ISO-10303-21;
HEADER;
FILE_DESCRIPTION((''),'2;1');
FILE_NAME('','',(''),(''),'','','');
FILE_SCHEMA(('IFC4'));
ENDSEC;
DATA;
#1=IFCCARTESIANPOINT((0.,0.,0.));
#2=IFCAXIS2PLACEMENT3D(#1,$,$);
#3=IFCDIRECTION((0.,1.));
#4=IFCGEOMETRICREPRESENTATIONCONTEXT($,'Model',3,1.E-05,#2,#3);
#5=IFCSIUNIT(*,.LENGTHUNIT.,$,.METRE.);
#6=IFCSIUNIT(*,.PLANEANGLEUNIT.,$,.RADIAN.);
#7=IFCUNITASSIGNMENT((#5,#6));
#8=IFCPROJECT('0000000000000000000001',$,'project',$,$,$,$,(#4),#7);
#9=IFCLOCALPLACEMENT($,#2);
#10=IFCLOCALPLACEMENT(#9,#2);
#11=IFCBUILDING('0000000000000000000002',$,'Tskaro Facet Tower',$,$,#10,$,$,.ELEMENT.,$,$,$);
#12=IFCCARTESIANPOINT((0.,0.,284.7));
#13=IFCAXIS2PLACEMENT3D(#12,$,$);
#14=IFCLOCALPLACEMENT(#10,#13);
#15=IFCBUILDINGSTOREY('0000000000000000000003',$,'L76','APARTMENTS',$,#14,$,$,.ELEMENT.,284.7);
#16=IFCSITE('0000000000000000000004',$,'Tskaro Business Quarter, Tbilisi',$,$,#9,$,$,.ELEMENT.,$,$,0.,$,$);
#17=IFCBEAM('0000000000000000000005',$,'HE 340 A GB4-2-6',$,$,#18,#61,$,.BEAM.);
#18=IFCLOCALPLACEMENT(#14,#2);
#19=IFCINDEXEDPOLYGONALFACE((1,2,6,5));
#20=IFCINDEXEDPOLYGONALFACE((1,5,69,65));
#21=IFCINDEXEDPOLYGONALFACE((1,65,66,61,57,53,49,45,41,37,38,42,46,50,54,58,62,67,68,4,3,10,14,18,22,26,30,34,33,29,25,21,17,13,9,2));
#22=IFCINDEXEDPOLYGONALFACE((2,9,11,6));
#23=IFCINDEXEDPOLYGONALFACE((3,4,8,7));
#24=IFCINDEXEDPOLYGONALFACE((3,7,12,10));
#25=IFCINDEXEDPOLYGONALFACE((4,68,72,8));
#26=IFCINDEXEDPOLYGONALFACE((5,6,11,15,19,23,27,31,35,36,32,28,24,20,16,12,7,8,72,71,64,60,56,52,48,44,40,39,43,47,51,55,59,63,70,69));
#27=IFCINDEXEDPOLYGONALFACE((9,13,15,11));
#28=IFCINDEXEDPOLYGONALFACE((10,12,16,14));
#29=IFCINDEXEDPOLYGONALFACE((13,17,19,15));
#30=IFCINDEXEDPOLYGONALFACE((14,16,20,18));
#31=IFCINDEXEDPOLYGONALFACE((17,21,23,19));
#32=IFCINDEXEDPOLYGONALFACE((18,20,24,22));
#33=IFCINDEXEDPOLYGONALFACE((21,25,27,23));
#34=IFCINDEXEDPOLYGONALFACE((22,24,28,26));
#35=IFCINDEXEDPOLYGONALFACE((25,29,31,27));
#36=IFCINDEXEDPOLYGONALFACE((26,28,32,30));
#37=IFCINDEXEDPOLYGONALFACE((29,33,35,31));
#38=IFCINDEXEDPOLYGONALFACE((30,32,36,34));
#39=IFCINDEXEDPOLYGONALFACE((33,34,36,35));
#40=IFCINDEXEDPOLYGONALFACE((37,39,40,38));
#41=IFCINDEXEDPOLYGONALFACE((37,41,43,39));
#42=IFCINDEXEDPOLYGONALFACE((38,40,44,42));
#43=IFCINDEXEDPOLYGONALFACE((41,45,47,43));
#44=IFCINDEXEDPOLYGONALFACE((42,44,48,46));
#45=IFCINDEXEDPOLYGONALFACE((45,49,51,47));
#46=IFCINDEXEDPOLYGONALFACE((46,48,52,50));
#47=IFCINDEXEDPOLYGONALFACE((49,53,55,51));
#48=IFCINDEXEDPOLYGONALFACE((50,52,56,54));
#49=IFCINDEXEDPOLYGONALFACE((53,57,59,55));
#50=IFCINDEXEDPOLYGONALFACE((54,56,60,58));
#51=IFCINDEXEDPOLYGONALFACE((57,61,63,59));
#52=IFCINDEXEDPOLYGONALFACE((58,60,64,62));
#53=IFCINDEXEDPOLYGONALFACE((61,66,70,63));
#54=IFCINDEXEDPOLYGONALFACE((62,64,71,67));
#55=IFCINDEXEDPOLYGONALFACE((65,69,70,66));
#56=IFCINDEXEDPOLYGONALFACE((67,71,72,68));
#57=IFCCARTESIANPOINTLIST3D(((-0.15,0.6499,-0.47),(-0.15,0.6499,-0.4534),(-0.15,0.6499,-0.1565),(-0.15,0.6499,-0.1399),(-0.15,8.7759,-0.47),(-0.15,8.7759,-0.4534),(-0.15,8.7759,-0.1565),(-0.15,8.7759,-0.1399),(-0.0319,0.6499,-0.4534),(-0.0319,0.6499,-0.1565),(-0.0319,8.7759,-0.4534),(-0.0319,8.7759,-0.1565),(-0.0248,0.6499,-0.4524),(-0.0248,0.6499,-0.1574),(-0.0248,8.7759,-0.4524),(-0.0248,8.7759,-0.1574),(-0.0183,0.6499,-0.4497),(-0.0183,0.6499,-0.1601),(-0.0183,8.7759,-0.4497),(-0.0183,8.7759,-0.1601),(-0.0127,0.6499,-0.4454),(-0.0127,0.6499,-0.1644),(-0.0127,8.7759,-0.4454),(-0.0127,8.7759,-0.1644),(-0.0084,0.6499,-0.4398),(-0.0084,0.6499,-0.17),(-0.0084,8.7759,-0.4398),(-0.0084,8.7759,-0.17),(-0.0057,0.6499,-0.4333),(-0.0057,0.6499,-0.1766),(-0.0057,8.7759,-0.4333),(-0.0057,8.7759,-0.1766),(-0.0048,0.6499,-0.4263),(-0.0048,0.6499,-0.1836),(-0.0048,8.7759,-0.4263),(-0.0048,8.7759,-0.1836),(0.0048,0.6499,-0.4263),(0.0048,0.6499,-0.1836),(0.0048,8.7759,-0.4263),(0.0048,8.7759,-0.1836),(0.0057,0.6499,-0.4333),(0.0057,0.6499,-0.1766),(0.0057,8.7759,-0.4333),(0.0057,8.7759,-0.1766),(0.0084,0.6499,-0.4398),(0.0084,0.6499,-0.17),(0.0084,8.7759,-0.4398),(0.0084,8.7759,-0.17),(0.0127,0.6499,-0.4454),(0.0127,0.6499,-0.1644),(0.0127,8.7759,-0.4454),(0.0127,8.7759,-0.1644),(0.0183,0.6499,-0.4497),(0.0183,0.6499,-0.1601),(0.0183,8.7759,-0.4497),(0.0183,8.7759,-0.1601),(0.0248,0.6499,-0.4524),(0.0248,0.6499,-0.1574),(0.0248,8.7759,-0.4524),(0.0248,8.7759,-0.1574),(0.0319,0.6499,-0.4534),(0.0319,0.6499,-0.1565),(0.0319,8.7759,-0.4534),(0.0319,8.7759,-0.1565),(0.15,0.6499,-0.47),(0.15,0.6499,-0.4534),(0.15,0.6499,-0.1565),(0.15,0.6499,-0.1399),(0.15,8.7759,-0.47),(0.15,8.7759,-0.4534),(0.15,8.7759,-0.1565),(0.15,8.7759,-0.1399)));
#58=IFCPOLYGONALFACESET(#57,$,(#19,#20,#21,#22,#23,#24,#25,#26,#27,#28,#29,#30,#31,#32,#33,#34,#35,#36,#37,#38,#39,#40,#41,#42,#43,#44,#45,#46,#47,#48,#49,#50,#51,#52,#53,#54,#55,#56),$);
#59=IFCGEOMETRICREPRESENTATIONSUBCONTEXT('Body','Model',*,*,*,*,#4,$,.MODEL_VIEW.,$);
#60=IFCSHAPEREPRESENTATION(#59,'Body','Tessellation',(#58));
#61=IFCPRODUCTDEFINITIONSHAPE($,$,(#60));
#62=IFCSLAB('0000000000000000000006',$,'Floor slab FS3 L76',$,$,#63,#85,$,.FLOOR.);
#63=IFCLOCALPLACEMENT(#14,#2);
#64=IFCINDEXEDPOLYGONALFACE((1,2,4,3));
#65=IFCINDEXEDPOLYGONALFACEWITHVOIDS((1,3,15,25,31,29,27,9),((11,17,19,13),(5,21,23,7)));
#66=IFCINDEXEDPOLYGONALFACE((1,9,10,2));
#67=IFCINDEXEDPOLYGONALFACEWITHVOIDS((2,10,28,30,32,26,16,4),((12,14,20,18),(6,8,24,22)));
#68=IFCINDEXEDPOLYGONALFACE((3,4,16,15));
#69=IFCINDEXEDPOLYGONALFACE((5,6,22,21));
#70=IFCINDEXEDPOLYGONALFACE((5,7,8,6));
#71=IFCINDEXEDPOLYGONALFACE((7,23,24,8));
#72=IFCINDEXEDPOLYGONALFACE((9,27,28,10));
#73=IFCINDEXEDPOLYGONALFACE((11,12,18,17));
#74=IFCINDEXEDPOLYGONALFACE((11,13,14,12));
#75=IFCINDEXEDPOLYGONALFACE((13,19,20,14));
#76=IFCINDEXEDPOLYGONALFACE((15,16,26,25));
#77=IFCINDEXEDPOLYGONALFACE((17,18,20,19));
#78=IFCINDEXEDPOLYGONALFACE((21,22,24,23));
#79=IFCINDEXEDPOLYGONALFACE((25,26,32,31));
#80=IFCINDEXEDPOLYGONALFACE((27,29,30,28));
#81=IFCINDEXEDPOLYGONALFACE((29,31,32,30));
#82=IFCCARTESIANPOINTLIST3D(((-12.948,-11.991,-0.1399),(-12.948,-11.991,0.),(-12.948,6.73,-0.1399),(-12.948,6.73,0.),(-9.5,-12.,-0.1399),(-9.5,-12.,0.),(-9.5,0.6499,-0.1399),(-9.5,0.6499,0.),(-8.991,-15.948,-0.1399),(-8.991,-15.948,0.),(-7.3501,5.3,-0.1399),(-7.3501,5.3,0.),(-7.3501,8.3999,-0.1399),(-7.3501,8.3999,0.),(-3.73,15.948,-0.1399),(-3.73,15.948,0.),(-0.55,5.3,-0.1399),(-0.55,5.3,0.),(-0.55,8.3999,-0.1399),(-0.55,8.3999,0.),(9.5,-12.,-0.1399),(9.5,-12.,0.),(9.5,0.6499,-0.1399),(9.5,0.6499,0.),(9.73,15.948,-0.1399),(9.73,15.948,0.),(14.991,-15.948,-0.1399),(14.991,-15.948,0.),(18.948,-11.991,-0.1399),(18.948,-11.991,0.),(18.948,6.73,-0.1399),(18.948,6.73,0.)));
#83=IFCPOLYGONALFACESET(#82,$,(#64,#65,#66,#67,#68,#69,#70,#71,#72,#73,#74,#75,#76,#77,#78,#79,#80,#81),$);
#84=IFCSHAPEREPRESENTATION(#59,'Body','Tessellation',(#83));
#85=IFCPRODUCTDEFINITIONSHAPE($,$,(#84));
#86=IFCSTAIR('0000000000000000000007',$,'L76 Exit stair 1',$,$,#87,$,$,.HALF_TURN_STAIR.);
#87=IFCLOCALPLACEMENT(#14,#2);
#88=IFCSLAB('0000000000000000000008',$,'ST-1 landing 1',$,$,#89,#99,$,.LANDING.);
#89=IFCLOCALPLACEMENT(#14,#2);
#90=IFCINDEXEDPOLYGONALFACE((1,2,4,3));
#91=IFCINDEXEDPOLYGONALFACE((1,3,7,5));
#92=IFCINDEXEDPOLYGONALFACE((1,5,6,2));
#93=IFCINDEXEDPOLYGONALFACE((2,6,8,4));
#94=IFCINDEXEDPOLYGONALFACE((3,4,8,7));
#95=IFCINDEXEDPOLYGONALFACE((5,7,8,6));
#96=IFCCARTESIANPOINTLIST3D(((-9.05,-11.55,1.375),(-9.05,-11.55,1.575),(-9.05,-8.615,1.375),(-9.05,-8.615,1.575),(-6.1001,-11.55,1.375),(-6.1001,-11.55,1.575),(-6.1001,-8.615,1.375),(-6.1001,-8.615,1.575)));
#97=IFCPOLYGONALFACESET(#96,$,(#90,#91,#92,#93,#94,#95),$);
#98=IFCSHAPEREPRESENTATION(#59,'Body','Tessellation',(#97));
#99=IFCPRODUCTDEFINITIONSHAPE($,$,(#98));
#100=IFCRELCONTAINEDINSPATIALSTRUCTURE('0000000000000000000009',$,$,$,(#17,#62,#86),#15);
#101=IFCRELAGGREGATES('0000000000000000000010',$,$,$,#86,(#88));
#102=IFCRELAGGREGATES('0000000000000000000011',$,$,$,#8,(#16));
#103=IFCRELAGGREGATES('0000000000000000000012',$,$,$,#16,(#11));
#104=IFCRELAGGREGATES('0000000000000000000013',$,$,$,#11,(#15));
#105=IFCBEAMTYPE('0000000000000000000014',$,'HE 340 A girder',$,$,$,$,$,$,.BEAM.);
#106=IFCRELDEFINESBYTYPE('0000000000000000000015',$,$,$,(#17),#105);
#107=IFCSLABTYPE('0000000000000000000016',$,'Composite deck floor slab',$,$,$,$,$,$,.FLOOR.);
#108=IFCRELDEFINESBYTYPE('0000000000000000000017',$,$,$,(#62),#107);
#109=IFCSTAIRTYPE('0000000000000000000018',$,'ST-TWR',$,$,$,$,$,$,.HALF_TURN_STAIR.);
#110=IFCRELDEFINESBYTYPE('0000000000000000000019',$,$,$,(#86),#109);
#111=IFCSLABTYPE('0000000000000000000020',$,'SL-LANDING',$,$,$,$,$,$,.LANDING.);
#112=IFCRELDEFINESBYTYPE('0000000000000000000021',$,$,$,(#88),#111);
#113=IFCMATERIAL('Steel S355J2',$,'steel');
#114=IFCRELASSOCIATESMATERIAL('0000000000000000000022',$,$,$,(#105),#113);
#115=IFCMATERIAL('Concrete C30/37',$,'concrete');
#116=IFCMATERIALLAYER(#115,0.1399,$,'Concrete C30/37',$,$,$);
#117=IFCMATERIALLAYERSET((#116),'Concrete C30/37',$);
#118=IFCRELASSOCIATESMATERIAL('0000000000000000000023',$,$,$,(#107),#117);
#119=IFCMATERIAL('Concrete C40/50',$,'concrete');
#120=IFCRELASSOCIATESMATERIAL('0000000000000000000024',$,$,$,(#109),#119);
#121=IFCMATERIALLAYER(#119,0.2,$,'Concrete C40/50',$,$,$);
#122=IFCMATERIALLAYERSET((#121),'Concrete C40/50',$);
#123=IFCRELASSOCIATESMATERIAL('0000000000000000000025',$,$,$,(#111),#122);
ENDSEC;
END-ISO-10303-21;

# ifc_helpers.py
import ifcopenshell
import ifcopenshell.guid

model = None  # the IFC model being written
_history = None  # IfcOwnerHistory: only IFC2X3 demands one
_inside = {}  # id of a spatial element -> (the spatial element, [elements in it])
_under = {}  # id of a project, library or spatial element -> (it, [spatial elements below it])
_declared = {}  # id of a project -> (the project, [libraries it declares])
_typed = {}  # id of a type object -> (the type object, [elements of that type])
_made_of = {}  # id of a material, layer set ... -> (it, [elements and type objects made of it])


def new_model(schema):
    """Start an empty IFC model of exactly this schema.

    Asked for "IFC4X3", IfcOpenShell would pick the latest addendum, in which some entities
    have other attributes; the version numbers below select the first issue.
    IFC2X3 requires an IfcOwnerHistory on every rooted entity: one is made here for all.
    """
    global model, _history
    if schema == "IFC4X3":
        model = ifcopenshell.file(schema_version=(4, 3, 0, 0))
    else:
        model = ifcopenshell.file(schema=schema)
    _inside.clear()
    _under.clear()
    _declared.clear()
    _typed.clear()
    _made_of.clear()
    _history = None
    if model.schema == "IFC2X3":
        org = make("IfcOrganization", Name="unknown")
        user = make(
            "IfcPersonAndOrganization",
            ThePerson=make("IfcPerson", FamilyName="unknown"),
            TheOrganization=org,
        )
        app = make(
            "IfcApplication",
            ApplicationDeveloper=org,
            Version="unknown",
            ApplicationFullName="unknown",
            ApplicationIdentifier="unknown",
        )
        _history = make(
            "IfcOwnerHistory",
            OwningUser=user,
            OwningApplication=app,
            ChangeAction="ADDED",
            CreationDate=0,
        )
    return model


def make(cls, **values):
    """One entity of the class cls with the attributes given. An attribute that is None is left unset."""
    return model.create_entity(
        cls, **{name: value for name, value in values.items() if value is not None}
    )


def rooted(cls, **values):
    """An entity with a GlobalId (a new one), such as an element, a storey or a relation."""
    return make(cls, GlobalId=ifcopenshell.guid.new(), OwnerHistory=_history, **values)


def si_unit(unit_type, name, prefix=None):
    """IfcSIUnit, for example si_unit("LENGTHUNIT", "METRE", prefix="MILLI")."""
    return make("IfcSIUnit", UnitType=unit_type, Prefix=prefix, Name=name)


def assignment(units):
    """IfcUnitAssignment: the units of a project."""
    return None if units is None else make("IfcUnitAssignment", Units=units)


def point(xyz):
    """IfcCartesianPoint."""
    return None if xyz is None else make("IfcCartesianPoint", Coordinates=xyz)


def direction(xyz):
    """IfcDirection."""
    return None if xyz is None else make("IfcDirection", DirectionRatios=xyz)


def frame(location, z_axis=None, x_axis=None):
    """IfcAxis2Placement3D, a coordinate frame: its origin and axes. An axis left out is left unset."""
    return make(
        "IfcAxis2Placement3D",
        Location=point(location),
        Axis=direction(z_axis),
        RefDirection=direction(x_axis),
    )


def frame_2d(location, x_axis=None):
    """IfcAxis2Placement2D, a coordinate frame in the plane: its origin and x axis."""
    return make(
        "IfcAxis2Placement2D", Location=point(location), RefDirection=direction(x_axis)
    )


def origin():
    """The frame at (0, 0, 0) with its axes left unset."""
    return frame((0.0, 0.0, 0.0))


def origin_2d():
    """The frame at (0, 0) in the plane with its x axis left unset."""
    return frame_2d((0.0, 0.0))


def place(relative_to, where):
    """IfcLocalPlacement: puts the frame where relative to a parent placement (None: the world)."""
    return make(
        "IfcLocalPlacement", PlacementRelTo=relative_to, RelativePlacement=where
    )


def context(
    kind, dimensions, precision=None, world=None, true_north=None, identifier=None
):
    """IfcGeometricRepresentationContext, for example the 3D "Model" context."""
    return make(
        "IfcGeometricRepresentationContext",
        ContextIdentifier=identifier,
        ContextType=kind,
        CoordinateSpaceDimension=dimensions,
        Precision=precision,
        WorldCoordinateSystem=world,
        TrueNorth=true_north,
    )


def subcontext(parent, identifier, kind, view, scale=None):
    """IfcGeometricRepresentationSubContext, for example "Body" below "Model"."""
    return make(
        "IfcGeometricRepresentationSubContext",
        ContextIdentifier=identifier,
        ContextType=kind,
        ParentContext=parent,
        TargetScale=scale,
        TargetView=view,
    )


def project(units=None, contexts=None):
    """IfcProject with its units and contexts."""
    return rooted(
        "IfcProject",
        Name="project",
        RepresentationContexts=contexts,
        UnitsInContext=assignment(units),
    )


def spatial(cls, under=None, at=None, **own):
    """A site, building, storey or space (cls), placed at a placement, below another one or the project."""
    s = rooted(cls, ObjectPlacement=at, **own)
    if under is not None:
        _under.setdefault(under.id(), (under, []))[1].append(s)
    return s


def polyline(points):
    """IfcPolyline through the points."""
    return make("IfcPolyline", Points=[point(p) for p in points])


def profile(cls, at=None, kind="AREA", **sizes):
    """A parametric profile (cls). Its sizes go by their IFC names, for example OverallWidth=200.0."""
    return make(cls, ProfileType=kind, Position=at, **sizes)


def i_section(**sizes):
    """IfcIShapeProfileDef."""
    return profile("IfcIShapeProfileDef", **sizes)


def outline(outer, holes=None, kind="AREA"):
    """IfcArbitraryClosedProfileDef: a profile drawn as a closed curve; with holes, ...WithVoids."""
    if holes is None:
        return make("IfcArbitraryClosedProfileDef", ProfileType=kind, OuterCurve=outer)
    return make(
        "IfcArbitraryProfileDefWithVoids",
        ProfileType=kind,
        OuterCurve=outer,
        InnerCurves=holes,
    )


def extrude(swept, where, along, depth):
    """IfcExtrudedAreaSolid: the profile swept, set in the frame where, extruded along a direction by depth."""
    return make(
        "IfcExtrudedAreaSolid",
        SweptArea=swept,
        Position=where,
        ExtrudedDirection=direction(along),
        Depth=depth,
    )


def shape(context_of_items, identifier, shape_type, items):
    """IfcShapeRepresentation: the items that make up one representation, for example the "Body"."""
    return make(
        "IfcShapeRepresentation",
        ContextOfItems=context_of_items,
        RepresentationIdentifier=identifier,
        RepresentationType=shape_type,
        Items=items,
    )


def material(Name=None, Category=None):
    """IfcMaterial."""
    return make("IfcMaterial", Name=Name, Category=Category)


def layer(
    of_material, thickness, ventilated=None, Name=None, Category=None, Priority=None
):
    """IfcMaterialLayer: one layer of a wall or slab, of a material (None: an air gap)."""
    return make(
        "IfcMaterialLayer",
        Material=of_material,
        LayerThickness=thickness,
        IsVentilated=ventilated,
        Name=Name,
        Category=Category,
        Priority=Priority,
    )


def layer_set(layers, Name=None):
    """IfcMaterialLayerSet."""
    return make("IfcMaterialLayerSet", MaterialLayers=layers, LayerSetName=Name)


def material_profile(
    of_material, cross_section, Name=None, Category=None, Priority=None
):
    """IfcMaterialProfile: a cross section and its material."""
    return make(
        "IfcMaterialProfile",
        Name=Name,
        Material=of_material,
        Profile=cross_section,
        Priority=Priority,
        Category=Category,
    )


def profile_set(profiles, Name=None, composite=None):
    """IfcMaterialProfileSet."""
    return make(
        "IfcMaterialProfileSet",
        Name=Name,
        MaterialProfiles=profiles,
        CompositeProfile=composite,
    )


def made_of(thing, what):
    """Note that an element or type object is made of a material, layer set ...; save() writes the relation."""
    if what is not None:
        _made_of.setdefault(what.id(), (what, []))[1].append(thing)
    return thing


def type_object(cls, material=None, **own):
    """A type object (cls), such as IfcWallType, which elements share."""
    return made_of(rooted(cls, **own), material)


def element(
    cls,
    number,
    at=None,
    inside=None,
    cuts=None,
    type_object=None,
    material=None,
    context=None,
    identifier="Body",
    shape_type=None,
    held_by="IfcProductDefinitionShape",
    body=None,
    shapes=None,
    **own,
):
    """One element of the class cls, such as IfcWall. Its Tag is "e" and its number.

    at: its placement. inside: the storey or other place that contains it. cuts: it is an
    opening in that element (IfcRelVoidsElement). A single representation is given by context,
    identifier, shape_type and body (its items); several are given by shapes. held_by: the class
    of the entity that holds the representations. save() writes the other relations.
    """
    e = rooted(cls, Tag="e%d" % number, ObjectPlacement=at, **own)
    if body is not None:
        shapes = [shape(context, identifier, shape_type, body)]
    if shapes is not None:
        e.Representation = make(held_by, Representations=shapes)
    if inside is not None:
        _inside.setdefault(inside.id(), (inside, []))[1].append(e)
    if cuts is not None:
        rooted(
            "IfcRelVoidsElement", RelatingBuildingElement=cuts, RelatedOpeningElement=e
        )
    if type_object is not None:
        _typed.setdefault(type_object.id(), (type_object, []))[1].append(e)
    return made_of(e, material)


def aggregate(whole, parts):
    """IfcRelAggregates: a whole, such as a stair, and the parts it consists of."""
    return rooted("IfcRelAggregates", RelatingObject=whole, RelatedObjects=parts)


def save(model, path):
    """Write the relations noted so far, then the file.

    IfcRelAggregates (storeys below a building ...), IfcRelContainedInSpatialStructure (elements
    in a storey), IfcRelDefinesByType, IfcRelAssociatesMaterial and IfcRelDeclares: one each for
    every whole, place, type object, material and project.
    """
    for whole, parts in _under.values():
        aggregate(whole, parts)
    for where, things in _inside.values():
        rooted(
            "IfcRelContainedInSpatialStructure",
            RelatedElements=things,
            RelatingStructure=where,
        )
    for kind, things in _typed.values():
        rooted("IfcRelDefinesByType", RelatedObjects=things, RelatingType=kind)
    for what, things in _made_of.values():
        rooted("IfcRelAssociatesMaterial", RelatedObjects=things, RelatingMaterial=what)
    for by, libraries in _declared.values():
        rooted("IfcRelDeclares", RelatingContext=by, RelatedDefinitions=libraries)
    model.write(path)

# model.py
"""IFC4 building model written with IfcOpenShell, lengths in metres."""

from ifc_helpers import new_model, si_unit, direction, frame, origin, origin_2d, place, context, subcontext, project, spatial, polyline, i_section, outline, extrude, material, layer, layer_set, material_profile, profile_set, type_object, element, aggregate, save


model = new_model("IFC4")

# Units and contexts
model_context = context("Model", 3, precision=1e-05, world=origin(), true_north=direction((0.0, 1.0)))
body_context = subcontext(model_context, "Body", "Model", "MODEL_VIEW")
ifc_project = project(units=[si_unit("LENGTHUNIT", "METRE"), si_unit("PLANEANGLEUNIT", "RADIAN")], contexts=[model_context])

# Site, building, storey
site_placement = place(None, origin())
site = spatial("IfcSite", under=ifc_project, at=site_placement, Name="Tskaro Business Quarter, Tbilisi", CompositionType="ELEMENT", RefElevation=0.0)
building_placement = place(site_placement, origin())
building = spatial("IfcBuilding", under=site, at=building_placement, Name="Tskaro Facet Tower", CompositionType="ELEMENT")
storey_placement = place(building_placement, frame((0.0, 0.0, 284.7)))
storey = spatial("IfcBuildingStorey", under=building, at=storey_placement, Name="L76", Description="APARTMENTS", CompositionType="ELEMENT", Elevation=284.7)

# Beam
ifc_material_1 = material(Name="Steel S355J2", Category="steel")
ifc_material_profile = material_profile(ifc_material_1, i_section(OverallWidth=0.3, OverallDepth=0.3301, WebThickness=0.0095, FlangeThickness=0.0166, FilletRadius=0.0271, at=origin_2d()), Name="HE 340 A")
ifc_profile_set = profile_set([ifc_material_profile], Name="Steel S355J2")
beam_type = type_object("IfcBeamType", Name="HE 340 A girder", PredefinedType="BEAM", material=ifc_profile_set)
beam_placement = place(storey_placement, frame((0.0, 0.6499, -0.3049), z_axis=(0.0, 1.0, 0.0), x_axis=(-1.0, 0.0, 0.0)))
element("IfcBeam", 1, at=beam_placement, inside=storey, type_object=beam_type, Name="HE 340 A GB4-2-6", PredefinedType="BEAM", context=body_context, shape_type="SweptSolid", body=[
    extrude(i_section(OverallWidth=0.3, OverallDepth=0.3301, WebThickness=0.0095, FlangeThickness=0.0166, FilletRadius=0.0271, at=origin_2d()), origin(), (0.0, 0.0, 1.0), 8.126),
])

# Slab
ifc_material_2 = material(Name="Concrete C30/37", Category="concrete")
ifc_layer_1 = layer(ifc_material_2, 0.1399, Name="Concrete C30/37")
ifc_layer_set_1 = layer_set([ifc_layer_1], Name="Concrete C30/37")
slab_type_1 = type_object("IfcSlabType", Name="Composite deck floor slab", PredefinedType="FLOOR", material=ifc_layer_set_1)
slab_1_placement = place(storey_placement, frame((0.0, 0.0, -0.1399)))
element("IfcSlab", 2, at=slab_1_placement, inside=storey, type_object=slab_type_1, Name="Floor slab FS3 L76", PredefinedType="FLOOR", context=body_context, shape_type="SweptSolid", body=[
    extrude(outline(polyline([(-8.991, -15.948), (14.991, -15.948), (18.948, -11.991), (18.948, 6.73), (9.73, 15.948), (-3.73, 15.948), (-12.948, 6.73), (-12.948, -11.991), (-8.991, -15.948)]), holes=[polyline([(-9.5, -12.0), (9.5, -12.0), (9.5, 0.6499), (-9.5, 0.6499), (-9.5, -12.0)]), polyline([(-7.3501, 5.3), (-0.55, 5.3), (-0.55, 8.3999), (-7.3501, 8.3999), (-7.3501, 5.3)])]), origin(), (0.0, 0.0, 1.0), 0.1399),
])

# Stair, slab
ifc_material_3 = material(Name="Concrete C40/50", Category="concrete")
stair_type = type_object("IfcStairType", Name="ST-TWR", PredefinedType="HALF_TURN_STAIR", material=ifc_material_3)
stair_1_placement = place(storey_placement, origin())
stair_1 = element("IfcStair", 3, at=stair_1_placement, inside=storey, type_object=stair_type, Name="L76 Exit stair 1", PredefinedType="HALF_TURN_STAIR")
ifc_layer_2 = layer(ifc_material_3, 0.2, Name="Concrete C40/50")
ifc_layer_set_2 = layer_set([ifc_layer_2], Name="Concrete C40/50")
slab_type_2 = type_object("IfcSlabType", Name="SL-LANDING", PredefinedType="LANDING", material=ifc_layer_set_2)
slab_2_placement = place(storey_placement, frame((0.0, 0.0, 1.375)))
slab_2 = element("IfcSlab", 4, at=slab_2_placement, type_object=slab_type_2, Name="ST-1 landing 1", PredefinedType="LANDING", context=body_context, shape_type="SweptSolid", body=[
    extrude(outline(polyline([(-9.05, -11.55), (-6.1001, -11.55), (-6.1001, -8.615), (-9.05, -8.615), (-9.05, -11.55)])), origin(), (0.0, 0.0, 1.0), 0.2),
])
aggregate(stair_1, [slab_2])

save(model, "model.ifc")
